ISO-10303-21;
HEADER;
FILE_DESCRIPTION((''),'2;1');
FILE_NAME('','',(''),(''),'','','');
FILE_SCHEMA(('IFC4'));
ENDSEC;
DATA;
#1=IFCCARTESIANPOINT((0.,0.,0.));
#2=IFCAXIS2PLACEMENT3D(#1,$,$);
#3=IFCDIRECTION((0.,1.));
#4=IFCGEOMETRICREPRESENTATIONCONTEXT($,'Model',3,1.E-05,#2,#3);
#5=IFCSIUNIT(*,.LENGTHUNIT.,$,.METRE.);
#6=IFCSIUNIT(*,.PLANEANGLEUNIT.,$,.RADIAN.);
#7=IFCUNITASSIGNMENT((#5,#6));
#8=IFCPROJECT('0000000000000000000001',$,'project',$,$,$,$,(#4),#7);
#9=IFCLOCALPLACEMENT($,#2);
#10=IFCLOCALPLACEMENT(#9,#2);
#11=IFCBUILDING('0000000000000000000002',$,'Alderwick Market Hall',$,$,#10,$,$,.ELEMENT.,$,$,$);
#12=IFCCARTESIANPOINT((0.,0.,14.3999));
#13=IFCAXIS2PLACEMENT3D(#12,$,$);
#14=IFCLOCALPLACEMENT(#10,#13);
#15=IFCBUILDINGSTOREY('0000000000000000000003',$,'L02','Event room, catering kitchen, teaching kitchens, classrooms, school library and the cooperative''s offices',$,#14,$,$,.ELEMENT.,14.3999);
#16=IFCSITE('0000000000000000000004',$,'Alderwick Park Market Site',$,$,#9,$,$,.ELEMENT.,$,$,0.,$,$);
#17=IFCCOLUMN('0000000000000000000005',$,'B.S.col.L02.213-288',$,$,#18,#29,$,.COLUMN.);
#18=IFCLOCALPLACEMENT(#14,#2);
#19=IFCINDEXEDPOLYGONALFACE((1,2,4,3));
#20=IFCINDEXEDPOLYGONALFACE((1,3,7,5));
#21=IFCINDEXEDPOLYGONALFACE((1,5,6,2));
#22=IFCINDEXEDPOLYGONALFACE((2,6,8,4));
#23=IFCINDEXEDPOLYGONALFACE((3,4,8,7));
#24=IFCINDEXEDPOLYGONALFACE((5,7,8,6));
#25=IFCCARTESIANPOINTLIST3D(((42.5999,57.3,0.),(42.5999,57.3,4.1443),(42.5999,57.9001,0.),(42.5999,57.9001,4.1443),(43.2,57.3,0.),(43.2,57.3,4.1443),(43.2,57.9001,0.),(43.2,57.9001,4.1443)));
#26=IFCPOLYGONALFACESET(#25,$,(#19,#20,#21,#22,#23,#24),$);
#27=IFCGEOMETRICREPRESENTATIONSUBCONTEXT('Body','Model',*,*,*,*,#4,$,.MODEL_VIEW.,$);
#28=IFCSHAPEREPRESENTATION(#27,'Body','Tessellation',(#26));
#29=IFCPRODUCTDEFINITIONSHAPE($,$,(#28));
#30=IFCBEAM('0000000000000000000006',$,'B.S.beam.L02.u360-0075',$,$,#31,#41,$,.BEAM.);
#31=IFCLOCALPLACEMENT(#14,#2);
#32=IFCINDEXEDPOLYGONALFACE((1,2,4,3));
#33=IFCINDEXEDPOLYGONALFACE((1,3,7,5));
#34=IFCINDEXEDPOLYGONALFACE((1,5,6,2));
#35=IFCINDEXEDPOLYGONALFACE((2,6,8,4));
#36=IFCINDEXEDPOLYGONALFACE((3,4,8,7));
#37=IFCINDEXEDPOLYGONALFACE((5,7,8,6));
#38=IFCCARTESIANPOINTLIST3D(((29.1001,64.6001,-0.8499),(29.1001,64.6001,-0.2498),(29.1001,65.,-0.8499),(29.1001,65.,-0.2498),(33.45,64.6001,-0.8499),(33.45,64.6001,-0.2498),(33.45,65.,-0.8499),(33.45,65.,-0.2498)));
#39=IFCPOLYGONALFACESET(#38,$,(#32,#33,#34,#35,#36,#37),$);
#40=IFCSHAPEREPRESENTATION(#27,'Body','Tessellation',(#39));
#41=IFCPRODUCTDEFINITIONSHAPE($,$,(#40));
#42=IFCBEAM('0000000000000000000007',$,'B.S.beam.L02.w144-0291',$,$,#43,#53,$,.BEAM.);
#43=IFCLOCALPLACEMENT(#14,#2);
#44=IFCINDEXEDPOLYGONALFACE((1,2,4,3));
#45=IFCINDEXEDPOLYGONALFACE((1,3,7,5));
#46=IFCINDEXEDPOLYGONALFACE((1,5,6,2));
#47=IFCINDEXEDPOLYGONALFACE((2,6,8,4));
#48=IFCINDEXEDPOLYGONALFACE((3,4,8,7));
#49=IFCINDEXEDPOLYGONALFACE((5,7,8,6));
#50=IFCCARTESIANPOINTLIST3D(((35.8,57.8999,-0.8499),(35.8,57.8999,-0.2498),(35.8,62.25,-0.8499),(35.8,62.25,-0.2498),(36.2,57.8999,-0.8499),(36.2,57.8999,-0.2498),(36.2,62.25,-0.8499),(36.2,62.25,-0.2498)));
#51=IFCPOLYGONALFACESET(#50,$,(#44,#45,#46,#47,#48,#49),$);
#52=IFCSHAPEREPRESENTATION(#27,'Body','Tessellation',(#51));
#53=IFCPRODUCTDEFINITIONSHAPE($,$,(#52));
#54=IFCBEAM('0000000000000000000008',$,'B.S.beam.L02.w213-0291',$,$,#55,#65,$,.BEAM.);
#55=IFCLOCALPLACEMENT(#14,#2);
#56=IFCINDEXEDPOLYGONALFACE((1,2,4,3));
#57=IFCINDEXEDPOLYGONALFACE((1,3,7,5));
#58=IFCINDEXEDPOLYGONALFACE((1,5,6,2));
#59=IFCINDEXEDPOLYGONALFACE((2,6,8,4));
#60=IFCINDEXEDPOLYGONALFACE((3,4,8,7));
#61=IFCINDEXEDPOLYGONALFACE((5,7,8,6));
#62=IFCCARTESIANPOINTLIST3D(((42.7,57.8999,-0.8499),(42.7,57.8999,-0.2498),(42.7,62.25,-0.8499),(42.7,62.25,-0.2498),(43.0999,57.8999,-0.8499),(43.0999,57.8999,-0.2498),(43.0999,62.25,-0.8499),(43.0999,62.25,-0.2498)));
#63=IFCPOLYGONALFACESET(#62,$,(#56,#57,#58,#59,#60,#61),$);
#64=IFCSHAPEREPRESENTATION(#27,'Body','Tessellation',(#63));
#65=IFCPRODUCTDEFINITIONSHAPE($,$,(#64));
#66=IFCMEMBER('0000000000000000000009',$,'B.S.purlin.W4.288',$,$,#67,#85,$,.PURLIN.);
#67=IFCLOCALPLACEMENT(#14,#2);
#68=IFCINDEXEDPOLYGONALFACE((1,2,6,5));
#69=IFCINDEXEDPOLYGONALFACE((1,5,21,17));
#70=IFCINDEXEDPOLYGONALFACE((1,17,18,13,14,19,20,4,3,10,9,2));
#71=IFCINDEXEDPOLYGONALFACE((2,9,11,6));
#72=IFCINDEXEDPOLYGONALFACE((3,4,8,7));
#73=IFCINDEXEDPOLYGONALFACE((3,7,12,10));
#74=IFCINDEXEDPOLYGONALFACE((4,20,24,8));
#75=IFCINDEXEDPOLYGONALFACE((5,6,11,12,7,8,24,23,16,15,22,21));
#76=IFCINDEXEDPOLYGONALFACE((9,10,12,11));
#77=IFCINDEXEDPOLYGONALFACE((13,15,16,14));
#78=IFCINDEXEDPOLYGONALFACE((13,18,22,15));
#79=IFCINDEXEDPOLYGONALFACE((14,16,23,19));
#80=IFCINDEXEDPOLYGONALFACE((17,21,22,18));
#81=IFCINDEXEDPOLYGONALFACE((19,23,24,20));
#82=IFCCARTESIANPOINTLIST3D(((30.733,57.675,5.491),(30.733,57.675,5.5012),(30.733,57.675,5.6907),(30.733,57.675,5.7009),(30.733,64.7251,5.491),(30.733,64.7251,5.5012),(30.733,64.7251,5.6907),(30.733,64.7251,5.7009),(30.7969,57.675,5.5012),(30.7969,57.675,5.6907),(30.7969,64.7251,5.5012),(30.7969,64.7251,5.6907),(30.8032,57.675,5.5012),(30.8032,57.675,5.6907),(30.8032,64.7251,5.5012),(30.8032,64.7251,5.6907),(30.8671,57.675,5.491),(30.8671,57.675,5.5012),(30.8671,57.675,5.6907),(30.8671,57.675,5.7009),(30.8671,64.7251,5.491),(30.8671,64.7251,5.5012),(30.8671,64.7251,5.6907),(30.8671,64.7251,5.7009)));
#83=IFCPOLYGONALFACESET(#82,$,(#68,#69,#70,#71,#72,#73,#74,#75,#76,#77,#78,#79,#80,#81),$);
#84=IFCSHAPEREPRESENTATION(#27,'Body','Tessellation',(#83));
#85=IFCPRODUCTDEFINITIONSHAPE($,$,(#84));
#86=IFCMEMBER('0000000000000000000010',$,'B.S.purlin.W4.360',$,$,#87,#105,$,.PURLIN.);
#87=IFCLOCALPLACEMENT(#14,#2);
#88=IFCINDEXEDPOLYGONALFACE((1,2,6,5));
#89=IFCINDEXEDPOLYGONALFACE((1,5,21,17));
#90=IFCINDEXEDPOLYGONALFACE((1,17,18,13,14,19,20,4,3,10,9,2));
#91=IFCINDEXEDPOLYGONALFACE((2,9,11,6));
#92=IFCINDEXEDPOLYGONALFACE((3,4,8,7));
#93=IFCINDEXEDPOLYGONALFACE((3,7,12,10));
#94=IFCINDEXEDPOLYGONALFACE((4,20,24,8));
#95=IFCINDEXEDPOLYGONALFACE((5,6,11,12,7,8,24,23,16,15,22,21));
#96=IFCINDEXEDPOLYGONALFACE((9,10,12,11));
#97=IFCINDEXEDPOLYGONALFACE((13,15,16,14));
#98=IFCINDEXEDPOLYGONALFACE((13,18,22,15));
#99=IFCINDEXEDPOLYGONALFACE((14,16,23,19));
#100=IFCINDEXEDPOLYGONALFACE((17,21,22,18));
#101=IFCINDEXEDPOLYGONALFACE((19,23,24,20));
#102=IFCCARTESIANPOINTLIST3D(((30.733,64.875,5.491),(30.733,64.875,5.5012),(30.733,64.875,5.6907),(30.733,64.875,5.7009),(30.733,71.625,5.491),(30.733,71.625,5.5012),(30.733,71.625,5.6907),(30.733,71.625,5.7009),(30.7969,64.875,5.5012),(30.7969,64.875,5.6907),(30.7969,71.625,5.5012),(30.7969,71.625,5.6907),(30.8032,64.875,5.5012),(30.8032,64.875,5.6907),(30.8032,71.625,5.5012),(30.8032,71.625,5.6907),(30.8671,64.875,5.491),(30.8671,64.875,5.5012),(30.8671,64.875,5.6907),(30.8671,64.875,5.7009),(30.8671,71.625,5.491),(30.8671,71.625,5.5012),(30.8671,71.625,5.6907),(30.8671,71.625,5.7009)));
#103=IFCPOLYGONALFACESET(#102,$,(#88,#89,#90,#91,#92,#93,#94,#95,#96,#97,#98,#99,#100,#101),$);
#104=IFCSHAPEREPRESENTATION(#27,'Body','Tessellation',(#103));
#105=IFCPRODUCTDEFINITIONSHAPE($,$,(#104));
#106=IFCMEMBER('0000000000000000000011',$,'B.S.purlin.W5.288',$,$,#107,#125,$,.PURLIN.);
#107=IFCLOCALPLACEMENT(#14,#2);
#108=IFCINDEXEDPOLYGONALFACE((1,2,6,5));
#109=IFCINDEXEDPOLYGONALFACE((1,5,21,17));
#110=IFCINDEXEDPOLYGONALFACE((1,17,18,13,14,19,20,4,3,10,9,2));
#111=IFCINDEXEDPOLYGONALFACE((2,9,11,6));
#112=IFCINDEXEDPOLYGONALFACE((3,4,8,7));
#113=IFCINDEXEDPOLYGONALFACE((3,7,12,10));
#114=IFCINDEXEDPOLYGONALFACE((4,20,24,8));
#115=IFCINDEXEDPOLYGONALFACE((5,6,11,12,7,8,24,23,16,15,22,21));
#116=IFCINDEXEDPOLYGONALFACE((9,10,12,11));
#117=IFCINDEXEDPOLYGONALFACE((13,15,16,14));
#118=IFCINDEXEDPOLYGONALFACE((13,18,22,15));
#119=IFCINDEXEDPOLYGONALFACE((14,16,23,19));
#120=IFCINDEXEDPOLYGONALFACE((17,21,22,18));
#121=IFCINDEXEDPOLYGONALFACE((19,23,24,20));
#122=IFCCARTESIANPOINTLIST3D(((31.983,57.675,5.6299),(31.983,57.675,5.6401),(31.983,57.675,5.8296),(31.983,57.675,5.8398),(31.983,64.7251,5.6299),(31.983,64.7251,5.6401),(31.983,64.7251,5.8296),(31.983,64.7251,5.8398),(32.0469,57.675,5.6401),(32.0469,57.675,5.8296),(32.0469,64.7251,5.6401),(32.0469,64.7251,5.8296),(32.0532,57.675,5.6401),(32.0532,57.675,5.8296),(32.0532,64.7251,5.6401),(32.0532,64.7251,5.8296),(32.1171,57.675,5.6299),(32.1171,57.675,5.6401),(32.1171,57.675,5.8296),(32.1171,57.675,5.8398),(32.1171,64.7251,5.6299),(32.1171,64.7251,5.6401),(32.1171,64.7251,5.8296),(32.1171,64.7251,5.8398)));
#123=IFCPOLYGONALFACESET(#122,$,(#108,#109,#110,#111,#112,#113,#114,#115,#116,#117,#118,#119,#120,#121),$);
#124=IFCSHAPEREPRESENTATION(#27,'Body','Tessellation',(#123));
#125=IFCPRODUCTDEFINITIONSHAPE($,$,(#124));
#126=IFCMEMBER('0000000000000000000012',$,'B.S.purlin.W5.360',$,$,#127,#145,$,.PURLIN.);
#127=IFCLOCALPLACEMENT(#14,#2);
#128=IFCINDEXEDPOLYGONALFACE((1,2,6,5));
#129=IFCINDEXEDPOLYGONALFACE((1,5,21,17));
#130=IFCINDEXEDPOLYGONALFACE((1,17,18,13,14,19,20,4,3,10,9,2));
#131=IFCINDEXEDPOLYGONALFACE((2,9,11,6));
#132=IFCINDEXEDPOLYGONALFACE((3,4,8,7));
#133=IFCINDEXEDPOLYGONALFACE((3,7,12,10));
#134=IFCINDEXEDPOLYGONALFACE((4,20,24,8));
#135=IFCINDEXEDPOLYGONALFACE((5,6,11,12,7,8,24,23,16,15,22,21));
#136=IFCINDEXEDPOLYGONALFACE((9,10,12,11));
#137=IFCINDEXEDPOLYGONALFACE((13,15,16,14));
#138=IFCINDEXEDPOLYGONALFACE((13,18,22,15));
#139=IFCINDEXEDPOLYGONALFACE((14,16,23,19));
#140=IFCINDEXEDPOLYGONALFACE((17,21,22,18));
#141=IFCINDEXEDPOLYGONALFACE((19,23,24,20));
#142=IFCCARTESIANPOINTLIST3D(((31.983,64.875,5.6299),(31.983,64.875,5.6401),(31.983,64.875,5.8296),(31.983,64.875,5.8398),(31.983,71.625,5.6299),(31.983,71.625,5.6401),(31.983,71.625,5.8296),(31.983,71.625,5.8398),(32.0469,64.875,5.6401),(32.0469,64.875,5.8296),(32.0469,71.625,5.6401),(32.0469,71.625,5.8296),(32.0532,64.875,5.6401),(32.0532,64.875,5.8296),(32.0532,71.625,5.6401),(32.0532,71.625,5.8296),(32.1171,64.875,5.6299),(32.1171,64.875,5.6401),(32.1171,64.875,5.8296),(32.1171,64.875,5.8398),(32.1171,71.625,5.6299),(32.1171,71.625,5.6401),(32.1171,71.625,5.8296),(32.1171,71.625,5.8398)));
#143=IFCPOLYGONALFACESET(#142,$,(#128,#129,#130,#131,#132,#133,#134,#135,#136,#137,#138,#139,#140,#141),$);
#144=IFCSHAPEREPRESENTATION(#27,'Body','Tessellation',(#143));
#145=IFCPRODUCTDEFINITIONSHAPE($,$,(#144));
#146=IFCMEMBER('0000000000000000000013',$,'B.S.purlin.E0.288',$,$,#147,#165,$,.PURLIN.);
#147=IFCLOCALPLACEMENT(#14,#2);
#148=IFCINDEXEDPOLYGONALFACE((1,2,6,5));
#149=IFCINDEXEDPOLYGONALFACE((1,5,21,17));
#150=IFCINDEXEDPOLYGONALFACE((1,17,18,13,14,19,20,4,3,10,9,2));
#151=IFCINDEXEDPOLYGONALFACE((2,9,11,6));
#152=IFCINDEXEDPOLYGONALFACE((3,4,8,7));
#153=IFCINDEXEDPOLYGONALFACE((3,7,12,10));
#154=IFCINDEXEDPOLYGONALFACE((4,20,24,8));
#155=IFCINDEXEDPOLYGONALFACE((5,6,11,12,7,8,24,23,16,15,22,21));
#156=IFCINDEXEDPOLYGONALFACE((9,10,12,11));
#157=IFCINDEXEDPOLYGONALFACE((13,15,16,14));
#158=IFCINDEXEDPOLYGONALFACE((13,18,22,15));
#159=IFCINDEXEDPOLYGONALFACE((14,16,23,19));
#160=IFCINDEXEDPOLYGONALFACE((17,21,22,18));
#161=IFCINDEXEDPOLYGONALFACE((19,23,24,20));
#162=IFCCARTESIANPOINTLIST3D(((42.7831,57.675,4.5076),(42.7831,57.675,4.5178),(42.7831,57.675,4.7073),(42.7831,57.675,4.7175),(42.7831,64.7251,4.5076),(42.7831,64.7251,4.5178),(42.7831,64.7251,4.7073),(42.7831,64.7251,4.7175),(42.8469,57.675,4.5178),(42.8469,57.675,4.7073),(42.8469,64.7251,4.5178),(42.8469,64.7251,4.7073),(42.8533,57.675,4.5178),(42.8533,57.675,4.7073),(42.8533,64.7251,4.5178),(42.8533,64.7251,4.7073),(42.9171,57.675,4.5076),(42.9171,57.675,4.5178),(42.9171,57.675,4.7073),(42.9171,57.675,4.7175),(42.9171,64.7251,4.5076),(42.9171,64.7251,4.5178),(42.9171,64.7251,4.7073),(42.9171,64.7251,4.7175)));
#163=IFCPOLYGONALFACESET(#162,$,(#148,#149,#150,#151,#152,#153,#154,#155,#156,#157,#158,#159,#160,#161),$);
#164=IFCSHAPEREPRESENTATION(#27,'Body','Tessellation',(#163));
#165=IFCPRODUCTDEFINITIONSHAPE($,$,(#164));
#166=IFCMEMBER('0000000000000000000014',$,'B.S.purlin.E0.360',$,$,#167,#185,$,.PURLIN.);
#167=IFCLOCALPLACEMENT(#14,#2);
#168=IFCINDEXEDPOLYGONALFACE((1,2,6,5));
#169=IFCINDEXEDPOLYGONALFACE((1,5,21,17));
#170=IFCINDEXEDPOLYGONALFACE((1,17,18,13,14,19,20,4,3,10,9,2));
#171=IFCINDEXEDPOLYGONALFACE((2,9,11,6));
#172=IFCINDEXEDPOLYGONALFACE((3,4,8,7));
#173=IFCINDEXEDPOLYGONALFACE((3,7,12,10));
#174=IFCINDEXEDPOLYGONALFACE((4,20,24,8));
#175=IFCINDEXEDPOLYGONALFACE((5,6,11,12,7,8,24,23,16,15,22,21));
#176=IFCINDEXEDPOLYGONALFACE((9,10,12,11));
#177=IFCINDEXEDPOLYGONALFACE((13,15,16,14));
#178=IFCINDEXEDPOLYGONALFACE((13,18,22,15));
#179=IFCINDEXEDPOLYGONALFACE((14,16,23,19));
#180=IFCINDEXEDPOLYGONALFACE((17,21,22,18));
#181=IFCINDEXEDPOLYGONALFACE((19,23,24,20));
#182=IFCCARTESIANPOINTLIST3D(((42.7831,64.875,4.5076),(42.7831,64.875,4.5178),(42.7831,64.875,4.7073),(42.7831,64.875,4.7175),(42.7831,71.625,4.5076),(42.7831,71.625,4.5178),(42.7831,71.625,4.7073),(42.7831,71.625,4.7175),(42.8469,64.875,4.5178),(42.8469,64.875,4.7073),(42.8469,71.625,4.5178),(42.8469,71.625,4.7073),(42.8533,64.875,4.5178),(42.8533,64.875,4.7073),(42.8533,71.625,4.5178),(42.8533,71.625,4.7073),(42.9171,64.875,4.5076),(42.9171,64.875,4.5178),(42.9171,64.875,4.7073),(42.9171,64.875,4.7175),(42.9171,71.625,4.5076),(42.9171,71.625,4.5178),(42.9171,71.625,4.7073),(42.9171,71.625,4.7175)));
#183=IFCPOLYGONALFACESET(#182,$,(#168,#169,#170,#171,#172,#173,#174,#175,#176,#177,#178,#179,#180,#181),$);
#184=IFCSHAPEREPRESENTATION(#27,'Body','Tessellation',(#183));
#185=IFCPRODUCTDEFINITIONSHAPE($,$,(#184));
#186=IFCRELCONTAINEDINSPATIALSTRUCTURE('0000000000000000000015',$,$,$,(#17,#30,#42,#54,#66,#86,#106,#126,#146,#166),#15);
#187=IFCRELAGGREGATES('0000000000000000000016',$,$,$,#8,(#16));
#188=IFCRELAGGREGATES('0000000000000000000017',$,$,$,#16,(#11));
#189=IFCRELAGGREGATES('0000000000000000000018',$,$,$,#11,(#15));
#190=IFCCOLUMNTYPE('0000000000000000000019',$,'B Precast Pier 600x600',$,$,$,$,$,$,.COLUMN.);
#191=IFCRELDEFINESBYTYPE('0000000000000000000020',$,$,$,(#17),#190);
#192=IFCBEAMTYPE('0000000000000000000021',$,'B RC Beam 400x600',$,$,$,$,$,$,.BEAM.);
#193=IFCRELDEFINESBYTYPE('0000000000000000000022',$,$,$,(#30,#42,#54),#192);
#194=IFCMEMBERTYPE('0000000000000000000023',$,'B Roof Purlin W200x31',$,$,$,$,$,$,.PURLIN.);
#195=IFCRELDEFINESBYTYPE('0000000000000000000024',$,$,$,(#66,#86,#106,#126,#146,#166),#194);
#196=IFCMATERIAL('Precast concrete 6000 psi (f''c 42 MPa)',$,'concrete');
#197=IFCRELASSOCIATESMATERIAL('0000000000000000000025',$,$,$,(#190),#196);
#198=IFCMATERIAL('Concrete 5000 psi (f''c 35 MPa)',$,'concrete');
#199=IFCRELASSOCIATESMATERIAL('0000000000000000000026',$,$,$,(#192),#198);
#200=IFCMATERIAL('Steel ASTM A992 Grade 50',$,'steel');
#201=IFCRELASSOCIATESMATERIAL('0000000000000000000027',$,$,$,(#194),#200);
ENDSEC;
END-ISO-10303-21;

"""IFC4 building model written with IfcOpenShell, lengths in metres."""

from ifc_helpers import new_model, si_unit, direction, frame, origin, origin_2d, place, context, subcontext, project, spatial, rectangle, i_section, extrude, material, material_profile, profile_set, type_object, element, save


model = new_model("IFC4")

# Units and contexts
model_context = context("Model", 3, precision=1e-05, world=origin(), true_north=direction((0.0, 1.0)))
body_context = subcontext(model_context, "Body", "Model", "MODEL_VIEW")
ifc_project = project(units=[si_unit("LENGTHUNIT", "METRE"), si_unit("PLANEANGLEUNIT", "RADIAN")], contexts=[model_context])

# Site, building, storey
site_placement = place(None, origin())
site = spatial("IfcSite", under=ifc_project, at=site_placement, Name="Alderwick Park Market Site", CompositionType="ELEMENT", RefElevation=0.0)
building_placement = place(site_placement, origin())
building = spatial("IfcBuilding", under=site, at=building_placement, Name="Alderwick Market Hall", CompositionType="ELEMENT")
storey_placement = place(building_placement, frame((0.0, 0.0, 14.3999)))
storey = spatial("IfcBuildingStorey", under=building, at=storey_placement, Name="L02", Description="Event room, catering kitchen, teaching kitchens, classrooms, school library and the cooperative's offices", CompositionType="ELEMENT", Elevation=14.3999)

# Column
ifc_material_1 = material(Name="Precast concrete 6000 psi (f'c 42 MPa)", Category="concrete")
ifc_material_profile_1 = material_profile(ifc_material_1, rectangle(XDim=0.6001, YDim=0.6001, at=origin_2d()), Name="B Precast Pier 600x600")
ifc_profile_set_1 = profile_set([ifc_material_profile_1], Name="Precast concrete 6000 psi (f'c 42 MPa)")
column_type = type_object("IfcColumnType", Name="B Precast Pier 600x600", PredefinedType="COLUMN", material=ifc_profile_set_1)
column_placement = place(storey_placement, frame((42.8999, 57.6001, 0.0), z_axis=(0.0, 0.0, 1.0), x_axis=(1.0, 0.0, 0.0)))
element("IfcColumn", 1, at=column_placement, inside=storey, type_object=column_type, Name="B.S.col.L02.213-288", PredefinedType="COLUMN", context=body_context, shape_type="SweptSolid", body=[
    extrude(rectangle(XDim=0.6001, YDim=0.6001, at=origin_2d()), origin(), (0.0, 0.0, 1.0), 4.1443),
])

# Beams
ifc_material_2 = material(Name="Concrete 5000 psi (f'c 35 MPa)", Category="concrete")
ifc_material_profile_2 = material_profile(ifc_material_2, rectangle(XDim=0.3999, YDim=0.6001, at=origin_2d()), Name="B RC Beam 400x600")
ifc_profile_set_2 = profile_set([ifc_material_profile_2], Name="Concrete 5000 psi (f'c 35 MPa)")
beam_type = type_object("IfcBeamType", Name="B RC Beam 400x600", PredefinedType="BEAM", material=ifc_profile_set_2)
beam_placement = place(storey_placement, frame((29.1001, 64.8, -0.5498), z_axis=(1.0, 0.0, 0.0), x_axis=(0.0, 1.0, 0.0)))
element("IfcBeam", 2, at=beam_placement, inside=storey, type_object=beam_type, Name="B.S.beam.L02.u360-0075", PredefinedType="BEAM", context=body_context, shape_type="SweptSolid", body=[
    extrude(rectangle(XDim=0.3999, YDim=0.6001, at=origin_2d()), origin(), (0.0, 0.0, 1.0), 4.3499),
])
for number, where, z_axis, x_axis, name in (
    (3, (36.0, 57.8999, -0.5498), (0.0, 1.0, 0.0), (-1.0, 0.0, 0.0), "B.S.beam.L02.w144-0291"),
    (4, (42.8999, 57.8999, -0.5498), (0.0, 1.0, 0.0), (-1.0, 0.0, 0.0), "B.S.beam.L02.w213-0291"),
):
    element("IfcBeam", number, at=place(storey_placement, frame(where, z_axis=z_axis, x_axis=x_axis)), inside=storey, type_object=beam_type, Name=name, PredefinedType="BEAM", context=body_context, shape_type="SweptSolid", body=[
        extrude(rectangle(XDim=0.3999, YDim=0.6001, at=origin_2d()), origin(), (0.0, 0.0, 1.0), 4.3501),
    ])

# Members
ifc_material_3 = material(Name="Steel ASTM A992 Grade 50", Category="steel")
ifc_material_profile_3 = material_profile(ifc_material_3, i_section(OverallWidth=0.134, OverallDepth=0.21, WebThickness=0.0063, FlangeThickness=0.0103, at=origin_2d()), Name="W200x31")
ifc_profile_set_3 = profile_set([ifc_material_profile_3], Name="Steel ASTM A992 Grade 50")
member_type = type_object("IfcMemberType", Name="B Roof Purlin W200x31", PredefinedType="PURLIN", material=ifc_profile_set_3)
member_1_placement = place(storey_placement, frame((30.8, 57.675, 5.5959), z_axis=(0.0, 1.0, 0.0), x_axis=(-1.0, 0.0, 0.0)))
element("IfcMember", 5, at=member_1_placement, inside=storey, type_object=member_type, Name="B.S.purlin.W4.288", PredefinedType="PURLIN", context=body_context, shape_type="SweptSolid", body=[
    extrude(i_section(OverallWidth=0.134, OverallDepth=0.21, WebThickness=0.0063, FlangeThickness=0.0103, at=origin_2d()), origin(), (0.0, 0.0, 1.0), 7.05),
])
member_2_placement = place(storey_placement, frame((30.8, 64.875, 5.5959), z_axis=(0.0, 1.0, 0.0), x_axis=(-1.0, 0.0, 0.0)))
element("IfcMember", 6, at=member_2_placement, inside=storey, type_object=member_type, Name="B.S.purlin.W4.360", PredefinedType="PURLIN", context=body_context, shape_type="SweptSolid", body=[
    extrude(i_section(OverallWidth=0.134, OverallDepth=0.21, WebThickness=0.0063, FlangeThickness=0.0103, at=origin_2d()), origin(), (0.0, 0.0, 1.0), 6.75),
])
member_3_placement = place(storey_placement, frame((32.05, 57.675, 5.7349), z_axis=(0.0, 1.0, 0.0), x_axis=(-1.0, 0.0, 0.0)))
element("IfcMember", 7, at=member_3_placement, inside=storey, type_object=member_type, Name="B.S.purlin.W5.288", PredefinedType="PURLIN", context=body_context, shape_type="SweptSolid", body=[
    extrude(i_section(OverallWidth=0.134, OverallDepth=0.21, WebThickness=0.0063, FlangeThickness=0.0103, at=origin_2d()), origin(), (0.0, 0.0, 1.0), 7.05),
])
member_4_placement = place(storey_placement, frame((32.05, 64.875, 5.7349), z_axis=(0.0, 1.0, 0.0), x_axis=(-1.0, 0.0, 0.0)))
element("IfcMember", 8, at=member_4_placement, inside=storey, type_object=member_type, Name="B.S.purlin.W5.360", PredefinedType="PURLIN", context=body_context, shape_type="SweptSolid", body=[
    extrude(i_section(OverallWidth=0.134, OverallDepth=0.21, WebThickness=0.0063, FlangeThickness=0.0103, at=origin_2d()), origin(), (0.0, 0.0, 1.0), 6.75),
])
member_5_placement = place(storey_placement, frame((42.8501, 57.675, 4.6125), z_axis=(0.0, 1.0, 0.0), x_axis=(-1.0, 0.0, 0.0)))
element("IfcMember", 9, at=member_5_placement, inside=storey, type_object=member_type, Name="B.S.purlin.E0.288", PredefinedType="PURLIN", context=body_context, shape_type="SweptSolid", body=[
    extrude(i_section(OverallWidth=0.134, OverallDepth=0.21, WebThickness=0.0063, FlangeThickness=0.0103, at=origin_2d()), origin(), (0.0, 0.0, 1.0), 7.05),
])
member_6_placement = place(storey_placement, frame((42.8501, 64.875, 4.6125), z_axis=(0.0, 1.0, 0.0), x_axis=(-1.0, 0.0, 0.0)))
element("IfcMember", 10, at=member_6_placement, inside=storey, type_object=member_type, Name="B.S.purlin.E0.360", PredefinedType="PURLIN", context=body_context, shape_type="SweptSolid", body=[
    extrude(i_section(OverallWidth=0.134, OverallDepth=0.21, WebThickness=0.0063, FlangeThickness=0.0103, at=origin_2d()), origin(), (0.0, 0.0, 1.0), 6.75),
])

save(model, "model.ifc")
